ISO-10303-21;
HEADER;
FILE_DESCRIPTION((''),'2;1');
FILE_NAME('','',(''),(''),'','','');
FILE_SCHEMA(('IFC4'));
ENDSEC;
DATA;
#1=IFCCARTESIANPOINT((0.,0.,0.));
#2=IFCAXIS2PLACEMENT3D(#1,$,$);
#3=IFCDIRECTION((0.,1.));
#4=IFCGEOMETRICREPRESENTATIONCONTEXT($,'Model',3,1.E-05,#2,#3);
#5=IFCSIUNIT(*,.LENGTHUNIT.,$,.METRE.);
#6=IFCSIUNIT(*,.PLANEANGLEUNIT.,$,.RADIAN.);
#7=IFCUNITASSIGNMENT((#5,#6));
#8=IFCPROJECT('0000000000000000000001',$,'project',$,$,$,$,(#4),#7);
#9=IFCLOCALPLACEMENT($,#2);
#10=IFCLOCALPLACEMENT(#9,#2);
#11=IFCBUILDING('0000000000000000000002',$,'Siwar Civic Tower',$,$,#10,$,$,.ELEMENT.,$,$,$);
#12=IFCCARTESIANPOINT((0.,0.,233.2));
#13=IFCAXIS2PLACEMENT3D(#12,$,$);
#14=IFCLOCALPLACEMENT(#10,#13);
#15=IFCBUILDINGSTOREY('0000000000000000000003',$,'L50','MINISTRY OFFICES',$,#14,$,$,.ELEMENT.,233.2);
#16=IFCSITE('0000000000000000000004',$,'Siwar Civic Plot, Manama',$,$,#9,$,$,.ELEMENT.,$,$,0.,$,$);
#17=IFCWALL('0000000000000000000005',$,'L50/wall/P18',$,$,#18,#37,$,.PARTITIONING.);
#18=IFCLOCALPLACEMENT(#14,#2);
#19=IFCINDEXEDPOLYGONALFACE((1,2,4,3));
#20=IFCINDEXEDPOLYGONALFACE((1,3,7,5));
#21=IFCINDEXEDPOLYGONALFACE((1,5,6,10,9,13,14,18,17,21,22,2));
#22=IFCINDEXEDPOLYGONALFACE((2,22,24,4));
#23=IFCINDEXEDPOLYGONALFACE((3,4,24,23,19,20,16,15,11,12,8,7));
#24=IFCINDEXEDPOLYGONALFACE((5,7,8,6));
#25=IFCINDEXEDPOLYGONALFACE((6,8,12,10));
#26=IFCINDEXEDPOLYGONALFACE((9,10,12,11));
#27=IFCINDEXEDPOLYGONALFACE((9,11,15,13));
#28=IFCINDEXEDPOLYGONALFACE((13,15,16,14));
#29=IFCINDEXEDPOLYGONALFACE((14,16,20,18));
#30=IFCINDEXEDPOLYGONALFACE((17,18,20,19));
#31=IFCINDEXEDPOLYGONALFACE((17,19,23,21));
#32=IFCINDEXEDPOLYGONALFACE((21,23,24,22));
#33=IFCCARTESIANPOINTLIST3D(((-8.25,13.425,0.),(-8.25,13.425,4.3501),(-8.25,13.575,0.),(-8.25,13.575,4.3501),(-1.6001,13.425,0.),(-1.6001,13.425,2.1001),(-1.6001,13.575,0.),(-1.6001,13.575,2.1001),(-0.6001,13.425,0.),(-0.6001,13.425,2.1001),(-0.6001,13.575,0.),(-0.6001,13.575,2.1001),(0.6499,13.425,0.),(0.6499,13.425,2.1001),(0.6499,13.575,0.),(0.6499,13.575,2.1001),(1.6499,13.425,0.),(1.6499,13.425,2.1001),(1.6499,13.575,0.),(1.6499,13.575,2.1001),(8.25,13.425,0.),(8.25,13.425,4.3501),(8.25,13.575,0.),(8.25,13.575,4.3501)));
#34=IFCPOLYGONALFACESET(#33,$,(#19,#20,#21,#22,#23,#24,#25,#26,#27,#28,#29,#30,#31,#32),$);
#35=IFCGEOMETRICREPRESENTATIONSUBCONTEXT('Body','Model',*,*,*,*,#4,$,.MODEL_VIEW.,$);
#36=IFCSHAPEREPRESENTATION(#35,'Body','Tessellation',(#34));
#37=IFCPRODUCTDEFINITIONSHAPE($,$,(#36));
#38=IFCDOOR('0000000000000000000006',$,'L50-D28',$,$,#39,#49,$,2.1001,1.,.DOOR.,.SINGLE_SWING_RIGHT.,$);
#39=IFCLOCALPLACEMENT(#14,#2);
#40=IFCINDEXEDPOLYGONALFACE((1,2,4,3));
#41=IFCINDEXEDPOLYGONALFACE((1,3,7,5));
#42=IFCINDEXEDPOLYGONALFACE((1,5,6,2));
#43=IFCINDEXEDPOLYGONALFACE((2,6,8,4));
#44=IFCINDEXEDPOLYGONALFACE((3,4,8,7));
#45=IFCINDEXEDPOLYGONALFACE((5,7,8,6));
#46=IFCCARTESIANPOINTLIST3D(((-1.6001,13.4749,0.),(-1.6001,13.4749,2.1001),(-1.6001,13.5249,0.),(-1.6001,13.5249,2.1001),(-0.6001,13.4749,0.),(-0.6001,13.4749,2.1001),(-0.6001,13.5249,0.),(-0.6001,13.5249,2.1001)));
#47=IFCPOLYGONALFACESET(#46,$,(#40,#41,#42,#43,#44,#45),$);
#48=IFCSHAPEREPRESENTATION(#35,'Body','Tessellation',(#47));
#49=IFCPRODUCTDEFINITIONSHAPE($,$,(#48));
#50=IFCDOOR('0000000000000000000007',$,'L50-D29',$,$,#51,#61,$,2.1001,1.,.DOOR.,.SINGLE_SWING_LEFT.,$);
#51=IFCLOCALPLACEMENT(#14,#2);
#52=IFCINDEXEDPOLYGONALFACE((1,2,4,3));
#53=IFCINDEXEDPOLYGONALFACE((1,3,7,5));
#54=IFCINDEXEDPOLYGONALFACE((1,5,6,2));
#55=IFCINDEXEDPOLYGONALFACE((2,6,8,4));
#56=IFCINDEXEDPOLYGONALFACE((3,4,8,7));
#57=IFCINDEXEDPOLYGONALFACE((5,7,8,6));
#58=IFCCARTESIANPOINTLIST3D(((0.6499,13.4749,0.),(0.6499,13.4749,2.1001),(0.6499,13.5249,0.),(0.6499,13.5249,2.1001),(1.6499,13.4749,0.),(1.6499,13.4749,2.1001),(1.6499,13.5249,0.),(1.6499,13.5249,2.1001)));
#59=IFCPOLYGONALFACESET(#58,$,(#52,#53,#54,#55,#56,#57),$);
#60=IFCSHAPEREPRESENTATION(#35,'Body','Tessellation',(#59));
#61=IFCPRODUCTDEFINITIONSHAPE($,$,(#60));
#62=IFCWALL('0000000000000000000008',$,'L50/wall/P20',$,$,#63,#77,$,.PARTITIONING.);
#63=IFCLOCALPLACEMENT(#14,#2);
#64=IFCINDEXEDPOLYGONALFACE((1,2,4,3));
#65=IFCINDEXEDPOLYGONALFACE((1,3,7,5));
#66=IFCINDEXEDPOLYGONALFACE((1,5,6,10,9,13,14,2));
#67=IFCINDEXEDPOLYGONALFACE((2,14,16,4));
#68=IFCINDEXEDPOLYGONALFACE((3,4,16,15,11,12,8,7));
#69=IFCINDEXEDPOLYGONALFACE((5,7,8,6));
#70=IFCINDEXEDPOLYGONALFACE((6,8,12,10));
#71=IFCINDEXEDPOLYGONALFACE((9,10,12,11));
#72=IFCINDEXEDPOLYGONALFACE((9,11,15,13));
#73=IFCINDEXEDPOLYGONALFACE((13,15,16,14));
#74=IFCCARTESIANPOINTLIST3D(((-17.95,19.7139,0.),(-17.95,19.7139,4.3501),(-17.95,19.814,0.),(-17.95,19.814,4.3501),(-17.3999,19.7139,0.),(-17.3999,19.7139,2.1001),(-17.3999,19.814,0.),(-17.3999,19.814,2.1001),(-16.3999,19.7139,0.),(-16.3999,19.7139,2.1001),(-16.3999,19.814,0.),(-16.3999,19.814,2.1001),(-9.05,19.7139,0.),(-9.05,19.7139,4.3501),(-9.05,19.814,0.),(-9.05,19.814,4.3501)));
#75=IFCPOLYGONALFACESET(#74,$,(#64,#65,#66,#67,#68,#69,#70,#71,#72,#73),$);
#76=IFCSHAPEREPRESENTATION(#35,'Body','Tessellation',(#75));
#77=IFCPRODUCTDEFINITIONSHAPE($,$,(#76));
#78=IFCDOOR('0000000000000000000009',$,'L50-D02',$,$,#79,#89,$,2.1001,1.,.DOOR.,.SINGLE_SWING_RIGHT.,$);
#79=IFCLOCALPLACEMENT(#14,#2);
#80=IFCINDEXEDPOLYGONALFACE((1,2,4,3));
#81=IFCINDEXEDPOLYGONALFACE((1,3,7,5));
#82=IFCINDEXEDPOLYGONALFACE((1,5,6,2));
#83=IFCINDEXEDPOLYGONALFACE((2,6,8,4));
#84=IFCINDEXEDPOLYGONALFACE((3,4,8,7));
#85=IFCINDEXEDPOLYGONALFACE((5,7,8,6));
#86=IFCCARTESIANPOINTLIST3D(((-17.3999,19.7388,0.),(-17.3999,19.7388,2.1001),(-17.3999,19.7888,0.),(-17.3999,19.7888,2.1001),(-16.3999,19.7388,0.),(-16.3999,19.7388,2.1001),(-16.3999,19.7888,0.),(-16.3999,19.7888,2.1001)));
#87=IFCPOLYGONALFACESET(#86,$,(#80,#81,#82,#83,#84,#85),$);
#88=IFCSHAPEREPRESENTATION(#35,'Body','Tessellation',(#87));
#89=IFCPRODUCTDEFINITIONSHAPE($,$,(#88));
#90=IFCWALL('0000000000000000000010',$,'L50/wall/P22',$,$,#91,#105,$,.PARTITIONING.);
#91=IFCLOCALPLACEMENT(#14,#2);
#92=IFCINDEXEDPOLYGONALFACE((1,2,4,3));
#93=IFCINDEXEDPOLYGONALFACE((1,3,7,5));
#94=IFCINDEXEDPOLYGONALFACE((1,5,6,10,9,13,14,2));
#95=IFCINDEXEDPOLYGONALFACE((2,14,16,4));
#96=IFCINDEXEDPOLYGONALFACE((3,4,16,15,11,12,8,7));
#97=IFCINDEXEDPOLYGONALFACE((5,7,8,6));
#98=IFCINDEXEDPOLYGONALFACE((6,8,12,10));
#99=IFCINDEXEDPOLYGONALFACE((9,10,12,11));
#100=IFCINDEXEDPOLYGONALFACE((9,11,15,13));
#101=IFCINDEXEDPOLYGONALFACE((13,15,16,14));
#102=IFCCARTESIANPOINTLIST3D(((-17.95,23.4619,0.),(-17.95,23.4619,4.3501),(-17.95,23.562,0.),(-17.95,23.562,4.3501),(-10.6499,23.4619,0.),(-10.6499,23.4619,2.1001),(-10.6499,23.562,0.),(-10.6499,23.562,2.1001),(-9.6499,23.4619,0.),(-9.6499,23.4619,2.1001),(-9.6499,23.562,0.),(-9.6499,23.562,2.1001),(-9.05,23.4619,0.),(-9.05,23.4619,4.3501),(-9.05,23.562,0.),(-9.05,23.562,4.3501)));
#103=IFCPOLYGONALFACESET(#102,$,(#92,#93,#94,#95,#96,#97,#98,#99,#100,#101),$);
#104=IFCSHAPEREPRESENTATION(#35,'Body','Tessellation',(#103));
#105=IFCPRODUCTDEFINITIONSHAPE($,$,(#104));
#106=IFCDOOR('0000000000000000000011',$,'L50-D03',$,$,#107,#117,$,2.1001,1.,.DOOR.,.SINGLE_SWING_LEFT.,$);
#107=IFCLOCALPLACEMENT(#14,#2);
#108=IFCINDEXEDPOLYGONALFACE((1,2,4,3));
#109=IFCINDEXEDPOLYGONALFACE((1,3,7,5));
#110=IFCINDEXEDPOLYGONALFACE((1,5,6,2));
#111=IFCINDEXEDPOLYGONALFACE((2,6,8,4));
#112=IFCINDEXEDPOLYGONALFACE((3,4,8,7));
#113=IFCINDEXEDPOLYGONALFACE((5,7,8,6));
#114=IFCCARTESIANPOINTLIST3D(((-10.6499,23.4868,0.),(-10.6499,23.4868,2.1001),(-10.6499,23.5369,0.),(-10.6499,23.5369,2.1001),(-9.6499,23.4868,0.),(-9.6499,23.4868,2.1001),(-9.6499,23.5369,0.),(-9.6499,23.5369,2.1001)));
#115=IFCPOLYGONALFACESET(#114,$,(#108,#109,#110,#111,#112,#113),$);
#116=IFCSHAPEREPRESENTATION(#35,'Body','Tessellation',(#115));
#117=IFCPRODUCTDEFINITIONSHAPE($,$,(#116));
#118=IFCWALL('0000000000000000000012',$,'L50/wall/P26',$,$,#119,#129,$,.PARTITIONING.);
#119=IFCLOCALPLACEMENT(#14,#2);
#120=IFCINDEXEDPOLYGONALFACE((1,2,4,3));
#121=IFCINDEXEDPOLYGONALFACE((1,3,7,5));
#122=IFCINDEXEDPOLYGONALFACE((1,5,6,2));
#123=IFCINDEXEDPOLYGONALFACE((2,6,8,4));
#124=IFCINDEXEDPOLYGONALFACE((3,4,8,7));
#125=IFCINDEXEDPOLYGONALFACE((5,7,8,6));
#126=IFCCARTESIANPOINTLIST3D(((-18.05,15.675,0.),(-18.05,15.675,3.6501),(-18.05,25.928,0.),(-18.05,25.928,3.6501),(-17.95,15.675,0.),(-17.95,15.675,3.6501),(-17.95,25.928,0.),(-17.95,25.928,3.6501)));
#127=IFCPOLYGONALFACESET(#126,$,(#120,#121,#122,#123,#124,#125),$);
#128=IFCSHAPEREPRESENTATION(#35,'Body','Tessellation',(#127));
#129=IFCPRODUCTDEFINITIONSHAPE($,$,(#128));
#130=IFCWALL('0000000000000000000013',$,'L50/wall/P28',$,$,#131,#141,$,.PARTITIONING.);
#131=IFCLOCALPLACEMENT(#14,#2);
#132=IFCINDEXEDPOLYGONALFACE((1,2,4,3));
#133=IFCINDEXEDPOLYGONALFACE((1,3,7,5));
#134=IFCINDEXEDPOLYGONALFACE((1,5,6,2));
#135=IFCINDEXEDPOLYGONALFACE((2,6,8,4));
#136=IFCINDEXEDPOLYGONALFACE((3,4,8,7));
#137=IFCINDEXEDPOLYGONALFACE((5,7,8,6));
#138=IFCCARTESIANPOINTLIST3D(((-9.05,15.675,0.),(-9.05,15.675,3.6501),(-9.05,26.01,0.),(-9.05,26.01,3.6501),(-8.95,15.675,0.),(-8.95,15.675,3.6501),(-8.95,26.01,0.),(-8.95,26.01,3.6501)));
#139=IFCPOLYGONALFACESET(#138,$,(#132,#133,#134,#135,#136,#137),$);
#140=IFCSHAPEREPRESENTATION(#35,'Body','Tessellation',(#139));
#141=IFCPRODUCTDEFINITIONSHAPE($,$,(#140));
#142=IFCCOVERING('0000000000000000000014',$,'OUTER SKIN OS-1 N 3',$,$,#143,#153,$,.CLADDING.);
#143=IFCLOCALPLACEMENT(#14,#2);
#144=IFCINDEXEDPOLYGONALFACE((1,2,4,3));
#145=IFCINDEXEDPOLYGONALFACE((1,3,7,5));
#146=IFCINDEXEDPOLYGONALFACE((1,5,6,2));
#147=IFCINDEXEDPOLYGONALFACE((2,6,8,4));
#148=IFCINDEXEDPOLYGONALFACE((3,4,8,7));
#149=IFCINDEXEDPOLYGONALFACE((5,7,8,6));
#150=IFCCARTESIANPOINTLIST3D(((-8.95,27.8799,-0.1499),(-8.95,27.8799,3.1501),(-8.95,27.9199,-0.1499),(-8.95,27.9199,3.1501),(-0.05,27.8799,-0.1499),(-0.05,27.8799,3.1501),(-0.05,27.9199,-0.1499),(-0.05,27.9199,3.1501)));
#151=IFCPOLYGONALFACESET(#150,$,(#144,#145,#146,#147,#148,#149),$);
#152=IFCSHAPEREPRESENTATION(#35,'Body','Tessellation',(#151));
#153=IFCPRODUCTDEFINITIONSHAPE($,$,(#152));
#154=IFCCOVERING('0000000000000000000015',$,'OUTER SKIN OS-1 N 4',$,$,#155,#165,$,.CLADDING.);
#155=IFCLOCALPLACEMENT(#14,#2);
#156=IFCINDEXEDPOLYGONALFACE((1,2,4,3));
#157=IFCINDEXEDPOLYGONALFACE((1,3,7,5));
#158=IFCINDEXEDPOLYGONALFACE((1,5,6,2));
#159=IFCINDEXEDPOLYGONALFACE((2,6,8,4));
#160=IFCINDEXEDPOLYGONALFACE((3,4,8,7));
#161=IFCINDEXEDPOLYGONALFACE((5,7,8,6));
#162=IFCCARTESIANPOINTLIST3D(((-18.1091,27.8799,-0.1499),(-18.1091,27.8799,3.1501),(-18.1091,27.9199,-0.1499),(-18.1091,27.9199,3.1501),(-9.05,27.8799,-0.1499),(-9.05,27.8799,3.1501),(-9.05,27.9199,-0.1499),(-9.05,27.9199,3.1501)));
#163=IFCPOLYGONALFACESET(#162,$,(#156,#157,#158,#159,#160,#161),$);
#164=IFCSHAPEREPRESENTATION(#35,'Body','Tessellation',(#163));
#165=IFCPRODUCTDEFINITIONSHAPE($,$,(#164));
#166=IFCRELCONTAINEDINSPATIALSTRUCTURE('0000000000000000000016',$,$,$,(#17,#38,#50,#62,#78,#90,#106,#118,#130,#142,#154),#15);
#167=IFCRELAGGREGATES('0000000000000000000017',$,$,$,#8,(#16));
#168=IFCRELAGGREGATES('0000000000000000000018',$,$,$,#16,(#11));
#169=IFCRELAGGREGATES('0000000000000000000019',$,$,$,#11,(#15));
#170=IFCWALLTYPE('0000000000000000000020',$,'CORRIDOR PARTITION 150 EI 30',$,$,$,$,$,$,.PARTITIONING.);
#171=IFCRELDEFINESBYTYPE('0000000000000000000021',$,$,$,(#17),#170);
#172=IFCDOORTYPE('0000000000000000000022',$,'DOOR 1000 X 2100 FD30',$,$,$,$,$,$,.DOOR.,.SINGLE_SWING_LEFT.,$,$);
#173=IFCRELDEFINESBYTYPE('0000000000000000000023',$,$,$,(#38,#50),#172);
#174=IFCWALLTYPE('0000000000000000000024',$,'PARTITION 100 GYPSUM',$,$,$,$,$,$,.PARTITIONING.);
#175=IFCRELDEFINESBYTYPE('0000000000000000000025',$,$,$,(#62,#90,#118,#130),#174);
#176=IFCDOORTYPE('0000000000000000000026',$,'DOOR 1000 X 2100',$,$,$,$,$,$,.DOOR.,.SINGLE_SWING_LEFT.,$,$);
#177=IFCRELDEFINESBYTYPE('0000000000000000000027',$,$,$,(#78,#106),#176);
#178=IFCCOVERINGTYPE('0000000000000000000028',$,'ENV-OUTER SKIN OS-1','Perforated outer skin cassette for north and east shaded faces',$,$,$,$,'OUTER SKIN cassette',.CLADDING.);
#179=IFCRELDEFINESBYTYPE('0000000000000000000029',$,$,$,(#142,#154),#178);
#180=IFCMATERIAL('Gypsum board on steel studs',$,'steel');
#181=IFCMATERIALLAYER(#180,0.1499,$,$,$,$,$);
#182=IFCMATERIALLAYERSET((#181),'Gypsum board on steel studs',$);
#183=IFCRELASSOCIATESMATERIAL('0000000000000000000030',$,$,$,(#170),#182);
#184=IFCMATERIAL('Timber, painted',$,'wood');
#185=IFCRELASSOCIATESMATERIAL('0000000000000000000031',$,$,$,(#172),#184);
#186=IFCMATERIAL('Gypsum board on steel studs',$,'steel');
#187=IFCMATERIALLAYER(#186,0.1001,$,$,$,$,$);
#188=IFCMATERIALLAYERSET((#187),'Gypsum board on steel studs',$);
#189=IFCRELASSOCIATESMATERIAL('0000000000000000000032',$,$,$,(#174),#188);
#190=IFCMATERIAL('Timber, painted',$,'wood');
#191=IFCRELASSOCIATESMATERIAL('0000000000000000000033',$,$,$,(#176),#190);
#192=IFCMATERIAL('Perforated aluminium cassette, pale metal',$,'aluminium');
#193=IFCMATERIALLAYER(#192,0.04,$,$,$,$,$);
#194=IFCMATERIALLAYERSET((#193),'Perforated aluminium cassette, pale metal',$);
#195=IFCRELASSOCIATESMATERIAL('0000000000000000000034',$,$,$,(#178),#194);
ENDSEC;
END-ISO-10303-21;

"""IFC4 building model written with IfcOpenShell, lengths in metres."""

from ifc_helpers import new_model, si_unit, direction, frame, frame_2d, origin, origin_2d, place, context, subcontext, project, spatial, rectangle, extrude, material, layer, layer_set, type_object, element, fill, save


model = new_model("IFC4")

# Units and contexts
model_context = context("Model", 3, precision=1e-05, world=origin(), true_north=direction((0.0, 1.0)))
body_context = subcontext(model_context, "Body", "Model", "MODEL_VIEW")
ifc_project = project(units=[si_unit("LENGTHUNIT", "METRE"), si_unit("PLANEANGLEUNIT", "RADIAN")], contexts=[model_context])

# Site, building, storey
site_placement = place(None, origin())
site = spatial("IfcSite", under=ifc_project, at=site_placement, Name="Siwar Civic Plot, Manama", CompositionType="ELEMENT", RefElevation=0.0)
building_placement = place(site_placement, origin())
building = spatial("IfcBuilding", under=site, at=building_placement, Name="Siwar Civic Tower", CompositionType="ELEMENT")
storey_placement = place(building_placement, frame((0.0, 0.0, 233.2)))
storey = spatial("IfcBuildingStorey", under=building, at=storey_placement, Name="L50", Description="MINISTRY OFFICES", CompositionType="ELEMENT", Elevation=233.2)

# Wall, openings, doors
ifc_material_1 = material(Name="Gypsum board on steel studs", Category="steel")
ifc_layer_1 = layer(ifc_material_1, 0.1499)
ifc_layer_set_1 = layer_set([ifc_layer_1], Name="Gypsum board on steel studs")
wall_type_1 = type_object("IfcWallType", Name="CORRIDOR PARTITION 150 EI 30", PredefinedType="PARTITIONING", material=ifc_layer_set_1)
wall_1_placement = place(storey_placement, frame((-8.25, 13.5, 0.0), z_axis=(0.0, 0.0, 1.0), x_axis=(1.0, 0.0, 0.0)))
wall_1 = element("IfcWall", 1, at=wall_1_placement, inside=storey, type_object=wall_type_1, Name="L50/wall/P18", PredefinedType="PARTITIONING", context=body_context, shape_type="SweptSolid", body=[
    extrude(rectangle(XDim=16.5, YDim=0.1499, at=frame_2d((8.25, 0.0))), origin(), (0.0, 0.0, 1.0), 4.3501),
])
opening_1_placement = place(wall_1_placement, frame((6.6499, 0.0, 0.0)))
opening_1 = element("IfcOpeningElement", 2, at=opening_1_placement, cuts=wall_1, PredefinedType="OPENING", context=body_context, shape_type="SweptSolid", body=[
    extrude(rectangle(XDim=1.0, YDim=2.1001, at=frame_2d((0.5, 1.05))), frame((0.0, 0.085, 0.0), z_axis=(0.0, -1.0, 0.0), x_axis=(1.0, 0.0, 0.0)), (0.0, 0.0, 1.0), 0.1699),
])
opening_2_placement = place(wall_1_placement, frame((8.8999, 0.0, 0.0)))
opening_2 = element("IfcOpeningElement", 3, at=opening_2_placement, cuts=wall_1, PredefinedType="OPENING", context=body_context, shape_type="SweptSolid", body=[
    extrude(rectangle(XDim=1.0, YDim=2.1001, at=frame_2d((0.5, 1.05))), frame((0.0, 0.085, 0.0), z_axis=(0.0, -1.0, 0.0), x_axis=(1.0, 0.0, 0.0)), (0.0, 0.0, 1.0), 0.1699),
])
ifc_material_2 = material(Name="Timber, painted", Category="wood")
door_type_1 = type_object("IfcDoorType", Name="DOOR 1000 X 2100 FD30", OperationType="SINGLE_SWING_LEFT", PredefinedType="DOOR", material=ifc_material_2)
door_1_placement = place(opening_1_placement, origin())
door_1 = element("IfcDoor", 4, at=door_1_placement, inside=storey, type_object=door_type_1, Name="L50-D28", OperationType="SINGLE_SWING_RIGHT", OverallHeight=2.1001, OverallWidth=1.0, PredefinedType="DOOR", context=body_context, shape_type="SweptSolid", body=[
    extrude(rectangle(XDim=1.0, YDim=2.1001, at=frame_2d((0.5, 1.05))), frame((0.0, 0.0249, 0.0), z_axis=(0.0, -1.0, 0.0), x_axis=(1.0, 0.0, 0.0)), (0.0, 0.0, 1.0), 0.05),
])
fill(opening_1, door_1)
door_2_placement = place(opening_2_placement, origin())
door_2 = element("IfcDoor", 5, at=door_2_placement, inside=storey, type_object=door_type_1, Name="L50-D29", OperationType="SINGLE_SWING_LEFT", OverallHeight=2.1001, OverallWidth=1.0, PredefinedType="DOOR", context=body_context, shape_type="SweptSolid", body=[
    extrude(rectangle(XDim=1.0, YDim=2.1001, at=frame_2d((0.5, 1.05))), frame((0.0, 0.0249, 0.0), z_axis=(0.0, -1.0, 0.0), x_axis=(1.0, 0.0, 0.0)), (0.0, 0.0, 1.0), 0.05),
])
fill(opening_2, door_2)

# Walls, openings, doors
ifc_material_3 = material(Name="Gypsum board on steel studs", Category="steel")
ifc_layer_2 = layer(ifc_material_3, 0.1001)
ifc_layer_set_2 = layer_set([ifc_layer_2], Name="Gypsum board on steel studs")
wall_type_2 = type_object("IfcWallType", Name="PARTITION 100 GYPSUM", PredefinedType="PARTITIONING", material=ifc_layer_set_2)
wall_2_placement = place(storey_placement, frame((-17.95, 19.7639, 0.0), z_axis=(0.0, 0.0, 1.0), x_axis=(1.0, 0.0, 0.0)))
wall_2 = element("IfcWall", 6, at=wall_2_placement, inside=storey, type_object=wall_type_2, Name="L50/wall/P20", PredefinedType="PARTITIONING", context=body_context, shape_type="SweptSolid", body=[
    extrude(rectangle(XDim=8.8999, YDim=0.1001, at=frame_2d((4.45, 0.0))), origin(), (0.0, 0.0, 1.0), 4.3501),
])
opening_3_placement = place(wall_2_placement, frame((0.55, 0.0, 0.0)))
opening_3 = element("IfcOpeningElement", 7, at=opening_3_placement, cuts=wall_2, PredefinedType="OPENING", context=body_context, shape_type="SweptSolid", body=[
    extrude(rectangle(XDim=1.0, YDim=2.1001, at=frame_2d((0.5, 1.05))), frame((0.0, 0.0601, 0.0), z_axis=(0.0, -1.0, 0.0), x_axis=(1.0, 0.0, 0.0)), (0.0, 0.0, 1.0), 0.1201),
])
ifc_material_4 = material(Name="Timber, painted", Category="wood")
door_type_2 = type_object("IfcDoorType", Name="DOOR 1000 X 2100", OperationType="SINGLE_SWING_LEFT", PredefinedType="DOOR", material=ifc_material_4)
door_3_placement = place(opening_3_placement, origin())
door_3 = element("IfcDoor", 8, at=door_3_placement, inside=storey, type_object=door_type_2, Name="L50-D02", OperationType="SINGLE_SWING_RIGHT", OverallHeight=2.1001, OverallWidth=1.0, PredefinedType="DOOR", context=body_context, shape_type="SweptSolid", body=[
    extrude(rectangle(XDim=1.0, YDim=2.1001, at=frame_2d((0.5, 1.05))), frame((0.0, 0.0249, 0.0), z_axis=(0.0, -1.0, 0.0), x_axis=(1.0, 0.0, 0.0)), (0.0, 0.0, 1.0), 0.05),
])
fill(opening_3, door_3)
wall_3_placement = place(storey_placement, frame((-17.95, 23.512, 0.0), z_axis=(0.0, 0.0, 1.0), x_axis=(1.0, 0.0, 0.0)))
wall_3 = element("IfcWall", 9, at=wall_3_placement, inside=storey, type_object=wall_type_2, Name="L50/wall/P22", PredefinedType="PARTITIONING", context=body_context, shape_type="SweptSolid", body=[
    extrude(rectangle(XDim=8.8999, YDim=0.1001, at=frame_2d((4.45, 0.0))), origin(), (0.0, 0.0, 1.0), 4.3501),
])
opening_4_placement = place(wall_3_placement, frame((7.3, 0.0, 0.0)))
opening_4 = element("IfcOpeningElement", 10, at=opening_4_placement, cuts=wall_3, PredefinedType="OPENING", context=body_context, shape_type="SweptSolid", body=[
    extrude(rectangle(XDim=1.0, YDim=2.1001, at=frame_2d((0.5, 1.05))), frame((0.0, 0.0601, 0.0), z_axis=(0.0, -1.0, 0.0), x_axis=(1.0, 0.0, 0.0)), (0.0, 0.0, 1.0), 0.1201),
])
door_4_placement = place(opening_4_placement, origin())
door_4 = element("IfcDoor", 11, at=door_4_placement, inside=storey, type_object=door_type_2, Name="L50-D03", OperationType="SINGLE_SWING_LEFT", OverallHeight=2.1001, OverallWidth=1.0, PredefinedType="DOOR", context=body_context, shape_type="SweptSolid", body=[
    extrude(rectangle(XDim=1.0, YDim=2.1001, at=frame_2d((0.5, 1.05))), frame((0.0, 0.0249, 0.0), z_axis=(0.0, -1.0, 0.0), x_axis=(1.0, 0.0, 0.0)), (0.0, 0.0, 1.0), 0.05),
])
fill(opening_4, door_4)

# Walls
wall_4_placement = place(storey_placement, frame((-18.0, 15.675, 0.0), z_axis=(0.0, 0.0, 1.0), x_axis=(0.0, 1.0, 0.0)))
element("IfcWall", 12, at=wall_4_placement, inside=storey, type_object=wall_type_2, Name="L50/wall/P26", PredefinedType="PARTITIONING", context=body_context, shape_type="SweptSolid", body=[
    extrude(rectangle(XDim=10.2529, YDim=0.1001, at=frame_2d((5.1265, 0.0))), origin(), (0.0, 0.0, 1.0), 3.6501),
])
wall_5_placement = place(storey_placement, frame((-9.0, 15.675, 0.0), z_axis=(0.0, 0.0, 1.0), x_axis=(0.0, 1.0, 0.0)))
element("IfcWall", 13, at=wall_5_placement, inside=storey, type_object=wall_type_2, Name="L50/wall/P28", PredefinedType="PARTITIONING", context=body_context, shape_type="SweptSolid", body=[
    extrude(rectangle(XDim=10.335, YDim=0.1001, at=frame_2d((5.1675, 0.0))), origin(), (0.0, 0.0, 1.0), 3.6501),
])

# Coverings
ifc_material_5 = material(Name="Perforated aluminium cassette, pale metal", Category="aluminium")
ifc_layer_3 = layer(ifc_material_5, 0.04)
ifc_layer_set_3 = layer_set([ifc_layer_3], Name="Perforated aluminium cassette, pale metal")
covering_type = type_object("IfcCoveringType", Name="ENV-OUTER SKIN OS-1", Description="Perforated outer skin cassette for north and east shaded faces", ElementType="OUTER SKIN cassette", PredefinedType="CLADDING", material=ifc_layer_set_3)
covering_1_placement = place(storey_placement, frame((-4.5, 27.8999, -0.1499), z_axis=(0.0, 0.0, 1.0), x_axis=(-1.0, 0.0, 0.0)))
element("IfcCovering", 14, at=covering_1_placement, inside=storey, type_object=covering_type, Name="OUTER SKIN OS-1 N 3", PredefinedType="CLADDING", context=body_context, shape_type="SweptSolid", body=[
    extrude(rectangle(XDim=8.8999, YDim=0.04, at=origin_2d()), origin(), (0.0, 0.0, 1.0), 3.3),
])
covering_2_placement = place(storey_placement, frame((-13.5796, 27.8999, -0.1499), z_axis=(0.0, 0.0, 1.0), x_axis=(-1.0, 0.0, 0.0)))
element("IfcCovering", 15, at=covering_2_placement, inside=storey, type_object=covering_type, Name="OUTER SKIN OS-1 N 4", PredefinedType="CLADDING", context=body_context, shape_type="SweptSolid", body=[
    extrude(rectangle(XDim=9.0591, YDim=0.04, at=origin_2d()), origin(), (0.0, 0.0, 1.0), 3.3),
])

save(model, "model.ifc")
